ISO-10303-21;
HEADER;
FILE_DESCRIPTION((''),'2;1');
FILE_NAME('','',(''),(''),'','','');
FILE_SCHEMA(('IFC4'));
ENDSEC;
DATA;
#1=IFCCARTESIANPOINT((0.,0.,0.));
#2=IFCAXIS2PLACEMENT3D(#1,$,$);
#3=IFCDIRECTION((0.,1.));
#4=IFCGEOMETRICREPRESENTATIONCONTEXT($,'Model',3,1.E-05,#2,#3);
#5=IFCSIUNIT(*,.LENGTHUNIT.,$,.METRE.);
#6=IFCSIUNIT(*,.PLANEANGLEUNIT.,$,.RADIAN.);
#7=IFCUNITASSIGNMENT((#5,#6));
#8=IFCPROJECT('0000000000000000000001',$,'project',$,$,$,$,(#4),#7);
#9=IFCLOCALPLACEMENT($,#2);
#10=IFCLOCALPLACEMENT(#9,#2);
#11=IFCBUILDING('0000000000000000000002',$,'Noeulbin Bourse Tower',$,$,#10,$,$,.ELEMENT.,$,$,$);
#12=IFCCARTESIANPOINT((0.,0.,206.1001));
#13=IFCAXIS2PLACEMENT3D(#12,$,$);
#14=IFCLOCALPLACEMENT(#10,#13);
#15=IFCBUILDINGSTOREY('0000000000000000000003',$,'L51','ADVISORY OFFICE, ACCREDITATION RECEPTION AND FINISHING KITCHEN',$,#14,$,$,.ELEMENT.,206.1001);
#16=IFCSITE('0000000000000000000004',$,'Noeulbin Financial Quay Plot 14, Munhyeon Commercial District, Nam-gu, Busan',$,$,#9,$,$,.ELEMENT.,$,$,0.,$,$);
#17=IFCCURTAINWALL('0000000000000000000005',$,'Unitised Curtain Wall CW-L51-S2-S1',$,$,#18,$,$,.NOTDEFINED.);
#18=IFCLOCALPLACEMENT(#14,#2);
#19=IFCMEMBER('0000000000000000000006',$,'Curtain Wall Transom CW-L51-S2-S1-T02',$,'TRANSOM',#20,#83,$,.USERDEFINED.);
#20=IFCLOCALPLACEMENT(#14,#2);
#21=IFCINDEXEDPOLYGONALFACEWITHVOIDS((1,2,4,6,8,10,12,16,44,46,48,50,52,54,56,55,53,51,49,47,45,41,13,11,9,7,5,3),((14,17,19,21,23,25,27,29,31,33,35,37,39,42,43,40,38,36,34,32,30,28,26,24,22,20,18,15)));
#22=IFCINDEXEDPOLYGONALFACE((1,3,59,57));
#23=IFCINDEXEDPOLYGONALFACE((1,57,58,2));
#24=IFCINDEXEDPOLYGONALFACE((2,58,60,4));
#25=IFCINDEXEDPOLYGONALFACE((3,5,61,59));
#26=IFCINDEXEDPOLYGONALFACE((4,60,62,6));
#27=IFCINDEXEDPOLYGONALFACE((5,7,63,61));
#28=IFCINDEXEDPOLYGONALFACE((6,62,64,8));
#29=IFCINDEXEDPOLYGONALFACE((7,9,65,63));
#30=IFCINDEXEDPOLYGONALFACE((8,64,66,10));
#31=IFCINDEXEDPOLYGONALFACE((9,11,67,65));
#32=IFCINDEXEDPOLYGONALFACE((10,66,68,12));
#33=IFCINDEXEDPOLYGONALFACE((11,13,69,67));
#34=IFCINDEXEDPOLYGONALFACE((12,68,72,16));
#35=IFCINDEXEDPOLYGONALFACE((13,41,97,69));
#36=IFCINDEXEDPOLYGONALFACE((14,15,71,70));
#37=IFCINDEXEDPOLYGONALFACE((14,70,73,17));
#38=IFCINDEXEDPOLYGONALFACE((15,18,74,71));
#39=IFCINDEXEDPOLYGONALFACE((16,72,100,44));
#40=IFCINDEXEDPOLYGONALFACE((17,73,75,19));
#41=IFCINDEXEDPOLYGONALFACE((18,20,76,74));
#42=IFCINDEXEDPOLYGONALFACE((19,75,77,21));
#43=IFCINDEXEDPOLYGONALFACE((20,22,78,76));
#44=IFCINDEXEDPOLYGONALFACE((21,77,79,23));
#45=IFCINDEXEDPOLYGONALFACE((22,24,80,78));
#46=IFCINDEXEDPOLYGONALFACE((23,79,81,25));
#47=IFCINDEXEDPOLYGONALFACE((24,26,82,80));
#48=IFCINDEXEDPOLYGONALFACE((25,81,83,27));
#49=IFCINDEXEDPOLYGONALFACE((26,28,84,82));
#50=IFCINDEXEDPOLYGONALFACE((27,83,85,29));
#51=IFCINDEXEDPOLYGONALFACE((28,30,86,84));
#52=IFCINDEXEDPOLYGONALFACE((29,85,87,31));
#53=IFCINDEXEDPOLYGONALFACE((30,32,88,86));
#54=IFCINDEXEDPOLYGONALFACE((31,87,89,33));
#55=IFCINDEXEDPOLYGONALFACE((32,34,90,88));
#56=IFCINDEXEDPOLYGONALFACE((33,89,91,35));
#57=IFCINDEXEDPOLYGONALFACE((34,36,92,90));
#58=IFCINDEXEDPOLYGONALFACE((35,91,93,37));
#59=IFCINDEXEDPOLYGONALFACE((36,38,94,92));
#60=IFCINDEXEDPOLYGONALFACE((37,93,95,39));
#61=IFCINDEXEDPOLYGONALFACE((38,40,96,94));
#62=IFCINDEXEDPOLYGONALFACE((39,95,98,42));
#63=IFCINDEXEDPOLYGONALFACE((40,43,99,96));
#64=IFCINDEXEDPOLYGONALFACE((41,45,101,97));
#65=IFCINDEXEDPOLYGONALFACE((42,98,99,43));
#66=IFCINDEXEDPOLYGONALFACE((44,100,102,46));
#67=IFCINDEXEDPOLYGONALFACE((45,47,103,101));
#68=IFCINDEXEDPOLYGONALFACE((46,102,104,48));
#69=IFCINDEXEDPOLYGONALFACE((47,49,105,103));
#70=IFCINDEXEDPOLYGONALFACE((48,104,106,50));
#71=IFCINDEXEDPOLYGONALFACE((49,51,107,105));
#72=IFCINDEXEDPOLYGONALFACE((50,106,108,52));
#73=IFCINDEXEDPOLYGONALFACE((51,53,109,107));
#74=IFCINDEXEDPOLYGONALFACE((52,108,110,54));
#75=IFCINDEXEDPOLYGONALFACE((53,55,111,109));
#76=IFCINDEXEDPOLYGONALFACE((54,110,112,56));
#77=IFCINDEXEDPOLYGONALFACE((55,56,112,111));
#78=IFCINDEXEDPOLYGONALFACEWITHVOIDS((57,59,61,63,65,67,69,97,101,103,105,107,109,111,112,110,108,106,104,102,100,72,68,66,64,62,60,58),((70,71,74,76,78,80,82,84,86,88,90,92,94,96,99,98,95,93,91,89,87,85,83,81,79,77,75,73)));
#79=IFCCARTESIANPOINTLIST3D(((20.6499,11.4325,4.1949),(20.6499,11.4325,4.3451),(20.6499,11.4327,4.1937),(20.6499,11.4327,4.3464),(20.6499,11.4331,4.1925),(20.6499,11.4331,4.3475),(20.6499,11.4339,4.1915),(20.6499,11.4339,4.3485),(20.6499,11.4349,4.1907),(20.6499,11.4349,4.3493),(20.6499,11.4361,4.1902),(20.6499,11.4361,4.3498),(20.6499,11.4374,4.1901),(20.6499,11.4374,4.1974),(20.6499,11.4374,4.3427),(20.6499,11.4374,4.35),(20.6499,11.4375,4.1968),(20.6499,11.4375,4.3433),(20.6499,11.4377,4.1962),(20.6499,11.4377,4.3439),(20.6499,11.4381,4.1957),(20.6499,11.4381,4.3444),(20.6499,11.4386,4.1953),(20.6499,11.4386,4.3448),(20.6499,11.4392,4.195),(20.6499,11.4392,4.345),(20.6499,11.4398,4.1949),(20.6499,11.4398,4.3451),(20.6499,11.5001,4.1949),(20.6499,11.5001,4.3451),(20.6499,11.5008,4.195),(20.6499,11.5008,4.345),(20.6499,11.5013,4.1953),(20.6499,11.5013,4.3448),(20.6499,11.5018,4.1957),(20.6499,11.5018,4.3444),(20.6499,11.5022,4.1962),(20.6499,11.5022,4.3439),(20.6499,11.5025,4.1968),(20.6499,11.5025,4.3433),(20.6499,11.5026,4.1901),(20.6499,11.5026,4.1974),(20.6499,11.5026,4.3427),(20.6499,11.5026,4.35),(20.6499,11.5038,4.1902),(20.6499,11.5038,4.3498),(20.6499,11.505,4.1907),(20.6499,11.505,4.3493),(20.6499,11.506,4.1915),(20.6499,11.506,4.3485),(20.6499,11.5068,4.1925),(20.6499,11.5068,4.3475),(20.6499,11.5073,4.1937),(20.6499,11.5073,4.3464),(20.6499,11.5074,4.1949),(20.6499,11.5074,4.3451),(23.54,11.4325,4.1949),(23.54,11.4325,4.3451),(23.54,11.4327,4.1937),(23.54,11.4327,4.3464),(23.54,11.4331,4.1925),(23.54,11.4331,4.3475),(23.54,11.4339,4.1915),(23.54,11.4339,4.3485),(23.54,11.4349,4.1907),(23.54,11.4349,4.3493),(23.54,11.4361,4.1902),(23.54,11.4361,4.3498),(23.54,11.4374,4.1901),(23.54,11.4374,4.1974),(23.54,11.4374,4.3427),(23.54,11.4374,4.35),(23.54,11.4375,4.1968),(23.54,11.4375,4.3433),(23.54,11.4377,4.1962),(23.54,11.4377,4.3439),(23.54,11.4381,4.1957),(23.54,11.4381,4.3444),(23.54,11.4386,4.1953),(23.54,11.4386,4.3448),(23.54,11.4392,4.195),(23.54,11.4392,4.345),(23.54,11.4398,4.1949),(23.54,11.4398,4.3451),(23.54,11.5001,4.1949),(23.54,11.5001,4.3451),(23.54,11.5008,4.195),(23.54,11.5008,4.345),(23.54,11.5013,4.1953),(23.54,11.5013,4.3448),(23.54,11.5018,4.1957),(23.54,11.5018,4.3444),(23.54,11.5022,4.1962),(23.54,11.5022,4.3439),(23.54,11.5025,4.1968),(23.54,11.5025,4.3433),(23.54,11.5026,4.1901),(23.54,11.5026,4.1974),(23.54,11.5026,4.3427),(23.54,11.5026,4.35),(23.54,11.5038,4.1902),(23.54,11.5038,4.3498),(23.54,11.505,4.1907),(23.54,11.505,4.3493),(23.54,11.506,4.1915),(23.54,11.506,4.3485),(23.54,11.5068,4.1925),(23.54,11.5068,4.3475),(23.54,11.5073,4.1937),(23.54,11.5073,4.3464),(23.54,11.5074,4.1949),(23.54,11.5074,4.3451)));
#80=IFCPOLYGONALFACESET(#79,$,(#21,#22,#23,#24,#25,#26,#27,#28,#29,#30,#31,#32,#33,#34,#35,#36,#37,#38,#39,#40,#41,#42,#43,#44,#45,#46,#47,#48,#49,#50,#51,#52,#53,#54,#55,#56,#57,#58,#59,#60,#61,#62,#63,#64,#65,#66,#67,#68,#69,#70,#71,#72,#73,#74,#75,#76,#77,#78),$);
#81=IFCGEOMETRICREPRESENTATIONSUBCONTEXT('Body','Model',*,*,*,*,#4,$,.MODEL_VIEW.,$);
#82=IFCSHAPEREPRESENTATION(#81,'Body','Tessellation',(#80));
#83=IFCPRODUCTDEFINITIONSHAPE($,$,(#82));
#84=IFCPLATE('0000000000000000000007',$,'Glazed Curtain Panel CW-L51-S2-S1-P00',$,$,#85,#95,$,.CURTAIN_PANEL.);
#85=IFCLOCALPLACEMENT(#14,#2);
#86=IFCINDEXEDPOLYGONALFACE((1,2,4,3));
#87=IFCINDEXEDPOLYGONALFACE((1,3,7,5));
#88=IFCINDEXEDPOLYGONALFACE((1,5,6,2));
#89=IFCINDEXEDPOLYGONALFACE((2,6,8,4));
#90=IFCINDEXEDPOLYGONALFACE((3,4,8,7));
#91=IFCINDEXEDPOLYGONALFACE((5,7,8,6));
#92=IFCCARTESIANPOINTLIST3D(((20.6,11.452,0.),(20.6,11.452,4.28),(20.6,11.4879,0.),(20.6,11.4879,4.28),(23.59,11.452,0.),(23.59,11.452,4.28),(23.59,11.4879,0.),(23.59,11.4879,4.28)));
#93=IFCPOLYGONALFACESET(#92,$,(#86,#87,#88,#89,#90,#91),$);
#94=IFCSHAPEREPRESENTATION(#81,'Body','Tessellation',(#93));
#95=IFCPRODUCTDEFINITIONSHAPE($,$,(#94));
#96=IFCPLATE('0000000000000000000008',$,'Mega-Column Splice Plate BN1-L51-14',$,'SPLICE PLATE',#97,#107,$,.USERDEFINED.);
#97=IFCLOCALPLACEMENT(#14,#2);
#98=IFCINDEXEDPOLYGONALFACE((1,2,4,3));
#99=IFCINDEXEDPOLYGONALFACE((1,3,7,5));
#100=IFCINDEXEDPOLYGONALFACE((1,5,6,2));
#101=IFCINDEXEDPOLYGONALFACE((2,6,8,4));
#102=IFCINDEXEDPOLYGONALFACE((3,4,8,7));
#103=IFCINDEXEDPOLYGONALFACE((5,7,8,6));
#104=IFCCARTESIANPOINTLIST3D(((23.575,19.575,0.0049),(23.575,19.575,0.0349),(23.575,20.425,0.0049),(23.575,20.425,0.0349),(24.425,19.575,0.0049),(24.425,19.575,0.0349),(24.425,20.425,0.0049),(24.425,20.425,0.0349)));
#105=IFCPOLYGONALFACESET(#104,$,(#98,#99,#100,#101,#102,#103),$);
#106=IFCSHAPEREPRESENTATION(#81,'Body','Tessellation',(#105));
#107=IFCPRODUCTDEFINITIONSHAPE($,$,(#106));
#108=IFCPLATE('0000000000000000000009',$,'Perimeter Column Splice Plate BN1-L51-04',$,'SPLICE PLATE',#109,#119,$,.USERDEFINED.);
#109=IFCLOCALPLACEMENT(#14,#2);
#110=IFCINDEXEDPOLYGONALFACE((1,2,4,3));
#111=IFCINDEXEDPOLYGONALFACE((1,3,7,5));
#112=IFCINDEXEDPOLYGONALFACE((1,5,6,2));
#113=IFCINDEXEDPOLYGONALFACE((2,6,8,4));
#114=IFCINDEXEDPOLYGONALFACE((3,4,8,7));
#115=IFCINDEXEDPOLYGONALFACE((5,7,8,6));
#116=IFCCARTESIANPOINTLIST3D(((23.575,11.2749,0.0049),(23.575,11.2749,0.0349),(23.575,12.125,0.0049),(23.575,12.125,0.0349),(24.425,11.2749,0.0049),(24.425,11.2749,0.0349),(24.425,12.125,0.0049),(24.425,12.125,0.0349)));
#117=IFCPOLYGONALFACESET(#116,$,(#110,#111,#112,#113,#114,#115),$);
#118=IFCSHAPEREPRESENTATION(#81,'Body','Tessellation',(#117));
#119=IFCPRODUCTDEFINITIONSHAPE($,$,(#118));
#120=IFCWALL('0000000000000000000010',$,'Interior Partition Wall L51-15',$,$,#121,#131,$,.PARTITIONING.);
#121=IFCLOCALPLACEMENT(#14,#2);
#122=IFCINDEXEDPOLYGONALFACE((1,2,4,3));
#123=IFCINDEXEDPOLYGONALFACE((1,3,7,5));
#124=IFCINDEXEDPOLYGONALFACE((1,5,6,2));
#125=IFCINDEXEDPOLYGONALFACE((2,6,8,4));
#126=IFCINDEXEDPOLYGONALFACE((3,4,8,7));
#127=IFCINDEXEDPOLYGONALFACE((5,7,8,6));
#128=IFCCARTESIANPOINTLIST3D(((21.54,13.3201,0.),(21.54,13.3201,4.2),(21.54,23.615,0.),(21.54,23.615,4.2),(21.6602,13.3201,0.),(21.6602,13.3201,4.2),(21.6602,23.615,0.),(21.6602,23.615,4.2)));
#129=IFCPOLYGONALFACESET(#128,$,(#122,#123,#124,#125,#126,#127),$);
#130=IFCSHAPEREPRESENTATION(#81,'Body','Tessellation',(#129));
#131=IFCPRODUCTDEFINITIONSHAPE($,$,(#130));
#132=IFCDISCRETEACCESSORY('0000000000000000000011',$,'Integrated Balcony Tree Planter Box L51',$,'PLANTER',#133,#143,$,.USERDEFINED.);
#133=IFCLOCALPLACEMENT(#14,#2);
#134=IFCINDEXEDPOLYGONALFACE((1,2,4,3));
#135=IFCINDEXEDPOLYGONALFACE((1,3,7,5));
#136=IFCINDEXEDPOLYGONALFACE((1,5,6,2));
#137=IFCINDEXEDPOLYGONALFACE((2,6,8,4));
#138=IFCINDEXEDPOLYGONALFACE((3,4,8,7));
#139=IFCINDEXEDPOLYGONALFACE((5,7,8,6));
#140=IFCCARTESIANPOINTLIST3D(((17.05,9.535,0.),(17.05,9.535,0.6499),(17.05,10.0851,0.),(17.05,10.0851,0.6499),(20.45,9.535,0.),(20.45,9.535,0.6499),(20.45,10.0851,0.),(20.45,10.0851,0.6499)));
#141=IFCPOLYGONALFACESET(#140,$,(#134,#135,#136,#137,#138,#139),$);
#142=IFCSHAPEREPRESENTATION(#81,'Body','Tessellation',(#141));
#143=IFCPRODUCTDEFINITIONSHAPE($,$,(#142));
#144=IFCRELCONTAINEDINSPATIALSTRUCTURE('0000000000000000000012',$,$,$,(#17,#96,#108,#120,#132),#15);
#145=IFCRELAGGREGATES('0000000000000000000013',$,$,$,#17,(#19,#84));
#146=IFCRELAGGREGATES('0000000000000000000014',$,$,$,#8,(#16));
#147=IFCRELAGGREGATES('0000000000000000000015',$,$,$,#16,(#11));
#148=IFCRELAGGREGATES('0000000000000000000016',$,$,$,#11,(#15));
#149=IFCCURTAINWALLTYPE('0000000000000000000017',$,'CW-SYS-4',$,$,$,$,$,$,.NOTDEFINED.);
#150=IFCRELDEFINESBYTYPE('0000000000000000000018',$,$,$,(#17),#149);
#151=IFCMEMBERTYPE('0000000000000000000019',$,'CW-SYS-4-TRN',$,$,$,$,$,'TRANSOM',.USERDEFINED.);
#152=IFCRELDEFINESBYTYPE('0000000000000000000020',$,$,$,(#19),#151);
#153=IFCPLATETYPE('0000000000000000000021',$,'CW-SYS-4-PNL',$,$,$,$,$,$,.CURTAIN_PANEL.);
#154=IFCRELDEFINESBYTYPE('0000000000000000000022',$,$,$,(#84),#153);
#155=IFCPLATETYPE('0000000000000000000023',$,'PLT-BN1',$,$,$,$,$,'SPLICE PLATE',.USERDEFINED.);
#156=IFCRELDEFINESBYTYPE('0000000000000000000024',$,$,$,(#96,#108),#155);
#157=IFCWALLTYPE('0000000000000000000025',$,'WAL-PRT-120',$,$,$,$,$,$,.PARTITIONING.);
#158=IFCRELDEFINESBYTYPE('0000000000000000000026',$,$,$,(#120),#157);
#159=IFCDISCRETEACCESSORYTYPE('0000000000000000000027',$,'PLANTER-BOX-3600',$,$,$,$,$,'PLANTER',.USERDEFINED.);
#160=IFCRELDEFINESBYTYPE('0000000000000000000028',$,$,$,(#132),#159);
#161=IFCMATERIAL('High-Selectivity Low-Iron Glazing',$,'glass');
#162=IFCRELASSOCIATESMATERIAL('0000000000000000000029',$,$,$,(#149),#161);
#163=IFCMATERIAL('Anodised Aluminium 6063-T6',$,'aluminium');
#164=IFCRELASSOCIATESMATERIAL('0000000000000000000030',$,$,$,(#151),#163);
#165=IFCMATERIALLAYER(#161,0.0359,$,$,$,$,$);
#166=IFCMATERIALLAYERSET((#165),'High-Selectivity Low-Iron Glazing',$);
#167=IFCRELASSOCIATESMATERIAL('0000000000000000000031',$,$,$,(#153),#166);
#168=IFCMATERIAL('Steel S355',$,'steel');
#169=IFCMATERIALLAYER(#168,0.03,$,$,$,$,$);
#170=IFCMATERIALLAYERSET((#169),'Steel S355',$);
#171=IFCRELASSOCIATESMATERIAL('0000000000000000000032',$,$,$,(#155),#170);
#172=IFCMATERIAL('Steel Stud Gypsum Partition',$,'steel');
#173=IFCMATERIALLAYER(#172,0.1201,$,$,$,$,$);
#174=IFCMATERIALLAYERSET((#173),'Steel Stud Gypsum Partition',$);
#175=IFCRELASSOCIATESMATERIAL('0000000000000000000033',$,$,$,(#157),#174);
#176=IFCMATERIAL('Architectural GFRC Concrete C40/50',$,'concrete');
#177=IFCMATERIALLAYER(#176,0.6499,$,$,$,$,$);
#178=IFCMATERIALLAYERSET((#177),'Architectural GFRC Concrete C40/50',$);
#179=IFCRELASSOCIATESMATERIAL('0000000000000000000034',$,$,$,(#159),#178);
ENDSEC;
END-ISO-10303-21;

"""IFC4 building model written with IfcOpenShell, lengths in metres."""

from ifc_helpers import new_model, si_unit, direction, frame, frame_2d, origin, origin_2d, place, context, subcontext, project, spatial, rectangle, hollow_rectangle, extrude, material, layer, layer_set, material_profile, profile_set, type_object, element, aggregate, save


model = new_model("IFC4")

# Units and contexts
model_context = context("Model", 3, precision=1e-05, world=origin(), true_north=direction((0.0, 1.0)))
body_context = subcontext(model_context, "Body", "Model", "MODEL_VIEW")
ifc_project = project(units=[si_unit("LENGTHUNIT", "METRE"), si_unit("PLANEANGLEUNIT", "RADIAN")], contexts=[model_context])

# Site, building, storey
site_placement = place(None, origin())
site = spatial("IfcSite", under=ifc_project, at=site_placement, Name="Noeulbin Financial Quay Plot 14, Munhyeon Commercial District, Nam-gu, Busan", CompositionType="ELEMENT", RefElevation=0.0)
building_placement = place(site_placement, origin())
building = spatial("IfcBuilding", under=site, at=building_placement, Name="Noeulbin Bourse Tower", CompositionType="ELEMENT")
storey_placement = place(building_placement, frame((0.0, 0.0, 206.1001)))
storey = spatial("IfcBuildingStorey", under=building, at=storey_placement, Name="L51", Description="ADVISORY OFFICE, ACCREDITATION RECEPTION AND FINISHING KITCHEN", CompositionType="ELEMENT", Elevation=206.1001)

# Shared definitions
ifc_material_1 = material(Name="Steel S355", Category="steel")

# Curtain wall, member, plate
ifc_material_2 = material(Name="High-Selectivity Low-Iron Glazing", Category="glass")
curtain_wall_type = type_object("IfcCurtainWallType", Name="CW-SYS-4", PredefinedType="NOTDEFINED", material=ifc_material_2)
curtain_wall_placement = place(storey_placement, origin())
curtain_wall = element("IfcCurtainWall", 1, at=curtain_wall_placement, inside=storey, type_object=curtain_wall_type, Name="Unitised Curtain Wall CW-L51-S2-S1", PredefinedType="NOTDEFINED")
ifc_material_3 = material(Name="Anodised Aluminium 6063-T6", Category="aluminium")
ifc_material_profile_1 = material_profile(ifc_material_3, hollow_rectangle(XDim=0.075, YDim=0.1599, WallThickness=0.0049, InnerFilletRadius=0.0024, OuterFilletRadius=0.0049, at=origin_2d()), Name="ALU-TRAN-75x160x5", Category="LoadBearing")
ifc_profile_set_1 = profile_set([ifc_material_profile_1], Name="Anodised Aluminium 6063-T6")
member_type_1 = type_object("IfcMemberType", Name="CW-SYS-4-TRN", ElementType="TRANSOM", PredefinedType="USERDEFINED", material=ifc_profile_set_1)
member_1_placement = place(storey_placement, frame((20.6499, 11.47, 4.27), z_axis=(1.0, 0.0, 0.0), x_axis=(0.0, 1.0, 0.0)))
member_1 = element("IfcMember", 2, at=member_1_placement, type_object=member_type_1, Name="Curtain Wall Transom CW-L51-S2-S1-T02", ObjectType="TRANSOM", PredefinedType="USERDEFINED", context=body_context, shape_type="SweptSolid", body=[
    extrude(hollow_rectangle(XDim=0.075, YDim=0.1599, WallThickness=0.0049, InnerFilletRadius=0.0024, OuterFilletRadius=0.0049, at=origin_2d()), origin(), (0.0, 0.0, 1.0), 2.8901),
])
ifc_layer_1 = layer(ifc_material_2, 0.0359)
ifc_layer_set_1 = layer_set([ifc_layer_1], Name="High-Selectivity Low-Iron Glazing")
plate_type_1 = type_object("IfcPlateType", Name="CW-SYS-4-PNL", PredefinedType="CURTAIN_PANEL", material=ifc_layer_set_1)
plate_placement = place(storey_placement, frame((22.095, 11.47, 0.0), z_axis=(0.0, 0.0, 1.0), x_axis=(1.0, 0.0, 0.0)))
plate = element("IfcPlate", 3, at=plate_placement, type_object=plate_type_1, Name="Glazed Curtain Panel CW-L51-S2-S1-P00", PredefinedType="CURTAIN_PANEL", context=body_context, shape_type="SweptSolid", body=[
    extrude(rectangle(XDim=2.99, YDim=0.0359, at=origin_2d()), origin(), (0.0, 0.0, 1.0), 4.28),
])
aggregate(curtain_wall, [member_1, plate])

# Plates
ifc_layer_2 = layer(ifc_material_1, 0.03)
ifc_layer_set_2 = layer_set([ifc_layer_2], Name="Steel S355")
plate_type_2 = type_object("IfcPlateType", Name="PLT-BN1", ElementType="SPLICE PLATE", PredefinedType="USERDEFINED", material=ifc_layer_set_2)
for number, where, z_axis, x_axis, name in (
    (4, (24.0, 20.0, 0.0049), (0.0, 0.0, 1.0), (1.0, 0.0, 0.0), "Mega-Column Splice Plate BN1-L51-14"),
    (5, (24.0, 11.7, 0.0049), (0.0, 0.0, 1.0), (1.0, 0.0, 0.0), "Perimeter Column Splice Plate BN1-L51-04"),
):
    element("IfcPlate", number, at=place(storey_placement, frame(where, z_axis=z_axis, x_axis=x_axis)), inside=storey, type_object=plate_type_2, Name=name, ObjectType="SPLICE PLATE", PredefinedType="USERDEFINED", context=body_context, shape_type="SweptSolid", body=[
        extrude(rectangle(XDim=0.8501, YDim=0.8501, at=origin_2d()), origin(), (0.0, 0.0, 1.0), 0.03),
    ])

# Wall
ifc_material_4 = material(Name="Steel Stud Gypsum Partition", Category="steel")
ifc_layer_3 = layer(ifc_material_4, 0.1201)
ifc_layer_set_3 = layer_set([ifc_layer_3], Name="Steel Stud Gypsum Partition")
wall_type = type_object("IfcWallType", Name="WAL-PRT-120", PredefinedType="PARTITIONING", material=ifc_layer_set_3)
wall_placement = place(storey_placement, frame((21.6001, 13.3201, 0.0), z_axis=(0.0, 0.0, 1.0), x_axis=(0.0, 1.0, 0.0)))
element("IfcWall", 6, at=wall_placement, inside=storey, type_object=wall_type, Name="Interior Partition Wall L51-15", PredefinedType="PARTITIONING", context=body_context, shape_type="SweptSolid", body=[
    extrude(rectangle(XDim=10.2949, YDim=0.1201, at=frame_2d((5.1475, 0.0))), origin(), (0.0, 0.0, 1.0), 4.2),
])

# Discrete accessory
ifc_material_5 = material(Name="Architectural GFRC Concrete C40/50", Category="concrete")
ifc_layer_4 = layer(ifc_material_5, 0.6499)
ifc_layer_set_4 = layer_set([ifc_layer_4], Name="Architectural GFRC Concrete C40/50")
discrete_accessory_type = type_object("IfcDiscreteAccessoryType", Name="PLANTER-BOX-3600", ElementType="PLANTER", PredefinedType="USERDEFINED", material=ifc_layer_set_4)
discrete_accessory_placement = place(storey_placement, frame((18.75, 9.8101, 0.0), z_axis=(0.0, 0.0, 1.0), x_axis=(1.0, 0.0, 0.0)))
element("IfcDiscreteAccessory", 7, at=discrete_accessory_placement, inside=storey, type_object=discrete_accessory_type, Name="Integrated Balcony Tree Planter Box L51", ObjectType="PLANTER", PredefinedType="USERDEFINED", context=body_context, shape_type="SweptSolid", body=[
    extrude(rectangle(XDim=3.3999, YDim=0.55, at=origin_2d()), origin(), (0.0, 0.0, 1.0), 0.6499),
])

save(model, "model.ifc")
